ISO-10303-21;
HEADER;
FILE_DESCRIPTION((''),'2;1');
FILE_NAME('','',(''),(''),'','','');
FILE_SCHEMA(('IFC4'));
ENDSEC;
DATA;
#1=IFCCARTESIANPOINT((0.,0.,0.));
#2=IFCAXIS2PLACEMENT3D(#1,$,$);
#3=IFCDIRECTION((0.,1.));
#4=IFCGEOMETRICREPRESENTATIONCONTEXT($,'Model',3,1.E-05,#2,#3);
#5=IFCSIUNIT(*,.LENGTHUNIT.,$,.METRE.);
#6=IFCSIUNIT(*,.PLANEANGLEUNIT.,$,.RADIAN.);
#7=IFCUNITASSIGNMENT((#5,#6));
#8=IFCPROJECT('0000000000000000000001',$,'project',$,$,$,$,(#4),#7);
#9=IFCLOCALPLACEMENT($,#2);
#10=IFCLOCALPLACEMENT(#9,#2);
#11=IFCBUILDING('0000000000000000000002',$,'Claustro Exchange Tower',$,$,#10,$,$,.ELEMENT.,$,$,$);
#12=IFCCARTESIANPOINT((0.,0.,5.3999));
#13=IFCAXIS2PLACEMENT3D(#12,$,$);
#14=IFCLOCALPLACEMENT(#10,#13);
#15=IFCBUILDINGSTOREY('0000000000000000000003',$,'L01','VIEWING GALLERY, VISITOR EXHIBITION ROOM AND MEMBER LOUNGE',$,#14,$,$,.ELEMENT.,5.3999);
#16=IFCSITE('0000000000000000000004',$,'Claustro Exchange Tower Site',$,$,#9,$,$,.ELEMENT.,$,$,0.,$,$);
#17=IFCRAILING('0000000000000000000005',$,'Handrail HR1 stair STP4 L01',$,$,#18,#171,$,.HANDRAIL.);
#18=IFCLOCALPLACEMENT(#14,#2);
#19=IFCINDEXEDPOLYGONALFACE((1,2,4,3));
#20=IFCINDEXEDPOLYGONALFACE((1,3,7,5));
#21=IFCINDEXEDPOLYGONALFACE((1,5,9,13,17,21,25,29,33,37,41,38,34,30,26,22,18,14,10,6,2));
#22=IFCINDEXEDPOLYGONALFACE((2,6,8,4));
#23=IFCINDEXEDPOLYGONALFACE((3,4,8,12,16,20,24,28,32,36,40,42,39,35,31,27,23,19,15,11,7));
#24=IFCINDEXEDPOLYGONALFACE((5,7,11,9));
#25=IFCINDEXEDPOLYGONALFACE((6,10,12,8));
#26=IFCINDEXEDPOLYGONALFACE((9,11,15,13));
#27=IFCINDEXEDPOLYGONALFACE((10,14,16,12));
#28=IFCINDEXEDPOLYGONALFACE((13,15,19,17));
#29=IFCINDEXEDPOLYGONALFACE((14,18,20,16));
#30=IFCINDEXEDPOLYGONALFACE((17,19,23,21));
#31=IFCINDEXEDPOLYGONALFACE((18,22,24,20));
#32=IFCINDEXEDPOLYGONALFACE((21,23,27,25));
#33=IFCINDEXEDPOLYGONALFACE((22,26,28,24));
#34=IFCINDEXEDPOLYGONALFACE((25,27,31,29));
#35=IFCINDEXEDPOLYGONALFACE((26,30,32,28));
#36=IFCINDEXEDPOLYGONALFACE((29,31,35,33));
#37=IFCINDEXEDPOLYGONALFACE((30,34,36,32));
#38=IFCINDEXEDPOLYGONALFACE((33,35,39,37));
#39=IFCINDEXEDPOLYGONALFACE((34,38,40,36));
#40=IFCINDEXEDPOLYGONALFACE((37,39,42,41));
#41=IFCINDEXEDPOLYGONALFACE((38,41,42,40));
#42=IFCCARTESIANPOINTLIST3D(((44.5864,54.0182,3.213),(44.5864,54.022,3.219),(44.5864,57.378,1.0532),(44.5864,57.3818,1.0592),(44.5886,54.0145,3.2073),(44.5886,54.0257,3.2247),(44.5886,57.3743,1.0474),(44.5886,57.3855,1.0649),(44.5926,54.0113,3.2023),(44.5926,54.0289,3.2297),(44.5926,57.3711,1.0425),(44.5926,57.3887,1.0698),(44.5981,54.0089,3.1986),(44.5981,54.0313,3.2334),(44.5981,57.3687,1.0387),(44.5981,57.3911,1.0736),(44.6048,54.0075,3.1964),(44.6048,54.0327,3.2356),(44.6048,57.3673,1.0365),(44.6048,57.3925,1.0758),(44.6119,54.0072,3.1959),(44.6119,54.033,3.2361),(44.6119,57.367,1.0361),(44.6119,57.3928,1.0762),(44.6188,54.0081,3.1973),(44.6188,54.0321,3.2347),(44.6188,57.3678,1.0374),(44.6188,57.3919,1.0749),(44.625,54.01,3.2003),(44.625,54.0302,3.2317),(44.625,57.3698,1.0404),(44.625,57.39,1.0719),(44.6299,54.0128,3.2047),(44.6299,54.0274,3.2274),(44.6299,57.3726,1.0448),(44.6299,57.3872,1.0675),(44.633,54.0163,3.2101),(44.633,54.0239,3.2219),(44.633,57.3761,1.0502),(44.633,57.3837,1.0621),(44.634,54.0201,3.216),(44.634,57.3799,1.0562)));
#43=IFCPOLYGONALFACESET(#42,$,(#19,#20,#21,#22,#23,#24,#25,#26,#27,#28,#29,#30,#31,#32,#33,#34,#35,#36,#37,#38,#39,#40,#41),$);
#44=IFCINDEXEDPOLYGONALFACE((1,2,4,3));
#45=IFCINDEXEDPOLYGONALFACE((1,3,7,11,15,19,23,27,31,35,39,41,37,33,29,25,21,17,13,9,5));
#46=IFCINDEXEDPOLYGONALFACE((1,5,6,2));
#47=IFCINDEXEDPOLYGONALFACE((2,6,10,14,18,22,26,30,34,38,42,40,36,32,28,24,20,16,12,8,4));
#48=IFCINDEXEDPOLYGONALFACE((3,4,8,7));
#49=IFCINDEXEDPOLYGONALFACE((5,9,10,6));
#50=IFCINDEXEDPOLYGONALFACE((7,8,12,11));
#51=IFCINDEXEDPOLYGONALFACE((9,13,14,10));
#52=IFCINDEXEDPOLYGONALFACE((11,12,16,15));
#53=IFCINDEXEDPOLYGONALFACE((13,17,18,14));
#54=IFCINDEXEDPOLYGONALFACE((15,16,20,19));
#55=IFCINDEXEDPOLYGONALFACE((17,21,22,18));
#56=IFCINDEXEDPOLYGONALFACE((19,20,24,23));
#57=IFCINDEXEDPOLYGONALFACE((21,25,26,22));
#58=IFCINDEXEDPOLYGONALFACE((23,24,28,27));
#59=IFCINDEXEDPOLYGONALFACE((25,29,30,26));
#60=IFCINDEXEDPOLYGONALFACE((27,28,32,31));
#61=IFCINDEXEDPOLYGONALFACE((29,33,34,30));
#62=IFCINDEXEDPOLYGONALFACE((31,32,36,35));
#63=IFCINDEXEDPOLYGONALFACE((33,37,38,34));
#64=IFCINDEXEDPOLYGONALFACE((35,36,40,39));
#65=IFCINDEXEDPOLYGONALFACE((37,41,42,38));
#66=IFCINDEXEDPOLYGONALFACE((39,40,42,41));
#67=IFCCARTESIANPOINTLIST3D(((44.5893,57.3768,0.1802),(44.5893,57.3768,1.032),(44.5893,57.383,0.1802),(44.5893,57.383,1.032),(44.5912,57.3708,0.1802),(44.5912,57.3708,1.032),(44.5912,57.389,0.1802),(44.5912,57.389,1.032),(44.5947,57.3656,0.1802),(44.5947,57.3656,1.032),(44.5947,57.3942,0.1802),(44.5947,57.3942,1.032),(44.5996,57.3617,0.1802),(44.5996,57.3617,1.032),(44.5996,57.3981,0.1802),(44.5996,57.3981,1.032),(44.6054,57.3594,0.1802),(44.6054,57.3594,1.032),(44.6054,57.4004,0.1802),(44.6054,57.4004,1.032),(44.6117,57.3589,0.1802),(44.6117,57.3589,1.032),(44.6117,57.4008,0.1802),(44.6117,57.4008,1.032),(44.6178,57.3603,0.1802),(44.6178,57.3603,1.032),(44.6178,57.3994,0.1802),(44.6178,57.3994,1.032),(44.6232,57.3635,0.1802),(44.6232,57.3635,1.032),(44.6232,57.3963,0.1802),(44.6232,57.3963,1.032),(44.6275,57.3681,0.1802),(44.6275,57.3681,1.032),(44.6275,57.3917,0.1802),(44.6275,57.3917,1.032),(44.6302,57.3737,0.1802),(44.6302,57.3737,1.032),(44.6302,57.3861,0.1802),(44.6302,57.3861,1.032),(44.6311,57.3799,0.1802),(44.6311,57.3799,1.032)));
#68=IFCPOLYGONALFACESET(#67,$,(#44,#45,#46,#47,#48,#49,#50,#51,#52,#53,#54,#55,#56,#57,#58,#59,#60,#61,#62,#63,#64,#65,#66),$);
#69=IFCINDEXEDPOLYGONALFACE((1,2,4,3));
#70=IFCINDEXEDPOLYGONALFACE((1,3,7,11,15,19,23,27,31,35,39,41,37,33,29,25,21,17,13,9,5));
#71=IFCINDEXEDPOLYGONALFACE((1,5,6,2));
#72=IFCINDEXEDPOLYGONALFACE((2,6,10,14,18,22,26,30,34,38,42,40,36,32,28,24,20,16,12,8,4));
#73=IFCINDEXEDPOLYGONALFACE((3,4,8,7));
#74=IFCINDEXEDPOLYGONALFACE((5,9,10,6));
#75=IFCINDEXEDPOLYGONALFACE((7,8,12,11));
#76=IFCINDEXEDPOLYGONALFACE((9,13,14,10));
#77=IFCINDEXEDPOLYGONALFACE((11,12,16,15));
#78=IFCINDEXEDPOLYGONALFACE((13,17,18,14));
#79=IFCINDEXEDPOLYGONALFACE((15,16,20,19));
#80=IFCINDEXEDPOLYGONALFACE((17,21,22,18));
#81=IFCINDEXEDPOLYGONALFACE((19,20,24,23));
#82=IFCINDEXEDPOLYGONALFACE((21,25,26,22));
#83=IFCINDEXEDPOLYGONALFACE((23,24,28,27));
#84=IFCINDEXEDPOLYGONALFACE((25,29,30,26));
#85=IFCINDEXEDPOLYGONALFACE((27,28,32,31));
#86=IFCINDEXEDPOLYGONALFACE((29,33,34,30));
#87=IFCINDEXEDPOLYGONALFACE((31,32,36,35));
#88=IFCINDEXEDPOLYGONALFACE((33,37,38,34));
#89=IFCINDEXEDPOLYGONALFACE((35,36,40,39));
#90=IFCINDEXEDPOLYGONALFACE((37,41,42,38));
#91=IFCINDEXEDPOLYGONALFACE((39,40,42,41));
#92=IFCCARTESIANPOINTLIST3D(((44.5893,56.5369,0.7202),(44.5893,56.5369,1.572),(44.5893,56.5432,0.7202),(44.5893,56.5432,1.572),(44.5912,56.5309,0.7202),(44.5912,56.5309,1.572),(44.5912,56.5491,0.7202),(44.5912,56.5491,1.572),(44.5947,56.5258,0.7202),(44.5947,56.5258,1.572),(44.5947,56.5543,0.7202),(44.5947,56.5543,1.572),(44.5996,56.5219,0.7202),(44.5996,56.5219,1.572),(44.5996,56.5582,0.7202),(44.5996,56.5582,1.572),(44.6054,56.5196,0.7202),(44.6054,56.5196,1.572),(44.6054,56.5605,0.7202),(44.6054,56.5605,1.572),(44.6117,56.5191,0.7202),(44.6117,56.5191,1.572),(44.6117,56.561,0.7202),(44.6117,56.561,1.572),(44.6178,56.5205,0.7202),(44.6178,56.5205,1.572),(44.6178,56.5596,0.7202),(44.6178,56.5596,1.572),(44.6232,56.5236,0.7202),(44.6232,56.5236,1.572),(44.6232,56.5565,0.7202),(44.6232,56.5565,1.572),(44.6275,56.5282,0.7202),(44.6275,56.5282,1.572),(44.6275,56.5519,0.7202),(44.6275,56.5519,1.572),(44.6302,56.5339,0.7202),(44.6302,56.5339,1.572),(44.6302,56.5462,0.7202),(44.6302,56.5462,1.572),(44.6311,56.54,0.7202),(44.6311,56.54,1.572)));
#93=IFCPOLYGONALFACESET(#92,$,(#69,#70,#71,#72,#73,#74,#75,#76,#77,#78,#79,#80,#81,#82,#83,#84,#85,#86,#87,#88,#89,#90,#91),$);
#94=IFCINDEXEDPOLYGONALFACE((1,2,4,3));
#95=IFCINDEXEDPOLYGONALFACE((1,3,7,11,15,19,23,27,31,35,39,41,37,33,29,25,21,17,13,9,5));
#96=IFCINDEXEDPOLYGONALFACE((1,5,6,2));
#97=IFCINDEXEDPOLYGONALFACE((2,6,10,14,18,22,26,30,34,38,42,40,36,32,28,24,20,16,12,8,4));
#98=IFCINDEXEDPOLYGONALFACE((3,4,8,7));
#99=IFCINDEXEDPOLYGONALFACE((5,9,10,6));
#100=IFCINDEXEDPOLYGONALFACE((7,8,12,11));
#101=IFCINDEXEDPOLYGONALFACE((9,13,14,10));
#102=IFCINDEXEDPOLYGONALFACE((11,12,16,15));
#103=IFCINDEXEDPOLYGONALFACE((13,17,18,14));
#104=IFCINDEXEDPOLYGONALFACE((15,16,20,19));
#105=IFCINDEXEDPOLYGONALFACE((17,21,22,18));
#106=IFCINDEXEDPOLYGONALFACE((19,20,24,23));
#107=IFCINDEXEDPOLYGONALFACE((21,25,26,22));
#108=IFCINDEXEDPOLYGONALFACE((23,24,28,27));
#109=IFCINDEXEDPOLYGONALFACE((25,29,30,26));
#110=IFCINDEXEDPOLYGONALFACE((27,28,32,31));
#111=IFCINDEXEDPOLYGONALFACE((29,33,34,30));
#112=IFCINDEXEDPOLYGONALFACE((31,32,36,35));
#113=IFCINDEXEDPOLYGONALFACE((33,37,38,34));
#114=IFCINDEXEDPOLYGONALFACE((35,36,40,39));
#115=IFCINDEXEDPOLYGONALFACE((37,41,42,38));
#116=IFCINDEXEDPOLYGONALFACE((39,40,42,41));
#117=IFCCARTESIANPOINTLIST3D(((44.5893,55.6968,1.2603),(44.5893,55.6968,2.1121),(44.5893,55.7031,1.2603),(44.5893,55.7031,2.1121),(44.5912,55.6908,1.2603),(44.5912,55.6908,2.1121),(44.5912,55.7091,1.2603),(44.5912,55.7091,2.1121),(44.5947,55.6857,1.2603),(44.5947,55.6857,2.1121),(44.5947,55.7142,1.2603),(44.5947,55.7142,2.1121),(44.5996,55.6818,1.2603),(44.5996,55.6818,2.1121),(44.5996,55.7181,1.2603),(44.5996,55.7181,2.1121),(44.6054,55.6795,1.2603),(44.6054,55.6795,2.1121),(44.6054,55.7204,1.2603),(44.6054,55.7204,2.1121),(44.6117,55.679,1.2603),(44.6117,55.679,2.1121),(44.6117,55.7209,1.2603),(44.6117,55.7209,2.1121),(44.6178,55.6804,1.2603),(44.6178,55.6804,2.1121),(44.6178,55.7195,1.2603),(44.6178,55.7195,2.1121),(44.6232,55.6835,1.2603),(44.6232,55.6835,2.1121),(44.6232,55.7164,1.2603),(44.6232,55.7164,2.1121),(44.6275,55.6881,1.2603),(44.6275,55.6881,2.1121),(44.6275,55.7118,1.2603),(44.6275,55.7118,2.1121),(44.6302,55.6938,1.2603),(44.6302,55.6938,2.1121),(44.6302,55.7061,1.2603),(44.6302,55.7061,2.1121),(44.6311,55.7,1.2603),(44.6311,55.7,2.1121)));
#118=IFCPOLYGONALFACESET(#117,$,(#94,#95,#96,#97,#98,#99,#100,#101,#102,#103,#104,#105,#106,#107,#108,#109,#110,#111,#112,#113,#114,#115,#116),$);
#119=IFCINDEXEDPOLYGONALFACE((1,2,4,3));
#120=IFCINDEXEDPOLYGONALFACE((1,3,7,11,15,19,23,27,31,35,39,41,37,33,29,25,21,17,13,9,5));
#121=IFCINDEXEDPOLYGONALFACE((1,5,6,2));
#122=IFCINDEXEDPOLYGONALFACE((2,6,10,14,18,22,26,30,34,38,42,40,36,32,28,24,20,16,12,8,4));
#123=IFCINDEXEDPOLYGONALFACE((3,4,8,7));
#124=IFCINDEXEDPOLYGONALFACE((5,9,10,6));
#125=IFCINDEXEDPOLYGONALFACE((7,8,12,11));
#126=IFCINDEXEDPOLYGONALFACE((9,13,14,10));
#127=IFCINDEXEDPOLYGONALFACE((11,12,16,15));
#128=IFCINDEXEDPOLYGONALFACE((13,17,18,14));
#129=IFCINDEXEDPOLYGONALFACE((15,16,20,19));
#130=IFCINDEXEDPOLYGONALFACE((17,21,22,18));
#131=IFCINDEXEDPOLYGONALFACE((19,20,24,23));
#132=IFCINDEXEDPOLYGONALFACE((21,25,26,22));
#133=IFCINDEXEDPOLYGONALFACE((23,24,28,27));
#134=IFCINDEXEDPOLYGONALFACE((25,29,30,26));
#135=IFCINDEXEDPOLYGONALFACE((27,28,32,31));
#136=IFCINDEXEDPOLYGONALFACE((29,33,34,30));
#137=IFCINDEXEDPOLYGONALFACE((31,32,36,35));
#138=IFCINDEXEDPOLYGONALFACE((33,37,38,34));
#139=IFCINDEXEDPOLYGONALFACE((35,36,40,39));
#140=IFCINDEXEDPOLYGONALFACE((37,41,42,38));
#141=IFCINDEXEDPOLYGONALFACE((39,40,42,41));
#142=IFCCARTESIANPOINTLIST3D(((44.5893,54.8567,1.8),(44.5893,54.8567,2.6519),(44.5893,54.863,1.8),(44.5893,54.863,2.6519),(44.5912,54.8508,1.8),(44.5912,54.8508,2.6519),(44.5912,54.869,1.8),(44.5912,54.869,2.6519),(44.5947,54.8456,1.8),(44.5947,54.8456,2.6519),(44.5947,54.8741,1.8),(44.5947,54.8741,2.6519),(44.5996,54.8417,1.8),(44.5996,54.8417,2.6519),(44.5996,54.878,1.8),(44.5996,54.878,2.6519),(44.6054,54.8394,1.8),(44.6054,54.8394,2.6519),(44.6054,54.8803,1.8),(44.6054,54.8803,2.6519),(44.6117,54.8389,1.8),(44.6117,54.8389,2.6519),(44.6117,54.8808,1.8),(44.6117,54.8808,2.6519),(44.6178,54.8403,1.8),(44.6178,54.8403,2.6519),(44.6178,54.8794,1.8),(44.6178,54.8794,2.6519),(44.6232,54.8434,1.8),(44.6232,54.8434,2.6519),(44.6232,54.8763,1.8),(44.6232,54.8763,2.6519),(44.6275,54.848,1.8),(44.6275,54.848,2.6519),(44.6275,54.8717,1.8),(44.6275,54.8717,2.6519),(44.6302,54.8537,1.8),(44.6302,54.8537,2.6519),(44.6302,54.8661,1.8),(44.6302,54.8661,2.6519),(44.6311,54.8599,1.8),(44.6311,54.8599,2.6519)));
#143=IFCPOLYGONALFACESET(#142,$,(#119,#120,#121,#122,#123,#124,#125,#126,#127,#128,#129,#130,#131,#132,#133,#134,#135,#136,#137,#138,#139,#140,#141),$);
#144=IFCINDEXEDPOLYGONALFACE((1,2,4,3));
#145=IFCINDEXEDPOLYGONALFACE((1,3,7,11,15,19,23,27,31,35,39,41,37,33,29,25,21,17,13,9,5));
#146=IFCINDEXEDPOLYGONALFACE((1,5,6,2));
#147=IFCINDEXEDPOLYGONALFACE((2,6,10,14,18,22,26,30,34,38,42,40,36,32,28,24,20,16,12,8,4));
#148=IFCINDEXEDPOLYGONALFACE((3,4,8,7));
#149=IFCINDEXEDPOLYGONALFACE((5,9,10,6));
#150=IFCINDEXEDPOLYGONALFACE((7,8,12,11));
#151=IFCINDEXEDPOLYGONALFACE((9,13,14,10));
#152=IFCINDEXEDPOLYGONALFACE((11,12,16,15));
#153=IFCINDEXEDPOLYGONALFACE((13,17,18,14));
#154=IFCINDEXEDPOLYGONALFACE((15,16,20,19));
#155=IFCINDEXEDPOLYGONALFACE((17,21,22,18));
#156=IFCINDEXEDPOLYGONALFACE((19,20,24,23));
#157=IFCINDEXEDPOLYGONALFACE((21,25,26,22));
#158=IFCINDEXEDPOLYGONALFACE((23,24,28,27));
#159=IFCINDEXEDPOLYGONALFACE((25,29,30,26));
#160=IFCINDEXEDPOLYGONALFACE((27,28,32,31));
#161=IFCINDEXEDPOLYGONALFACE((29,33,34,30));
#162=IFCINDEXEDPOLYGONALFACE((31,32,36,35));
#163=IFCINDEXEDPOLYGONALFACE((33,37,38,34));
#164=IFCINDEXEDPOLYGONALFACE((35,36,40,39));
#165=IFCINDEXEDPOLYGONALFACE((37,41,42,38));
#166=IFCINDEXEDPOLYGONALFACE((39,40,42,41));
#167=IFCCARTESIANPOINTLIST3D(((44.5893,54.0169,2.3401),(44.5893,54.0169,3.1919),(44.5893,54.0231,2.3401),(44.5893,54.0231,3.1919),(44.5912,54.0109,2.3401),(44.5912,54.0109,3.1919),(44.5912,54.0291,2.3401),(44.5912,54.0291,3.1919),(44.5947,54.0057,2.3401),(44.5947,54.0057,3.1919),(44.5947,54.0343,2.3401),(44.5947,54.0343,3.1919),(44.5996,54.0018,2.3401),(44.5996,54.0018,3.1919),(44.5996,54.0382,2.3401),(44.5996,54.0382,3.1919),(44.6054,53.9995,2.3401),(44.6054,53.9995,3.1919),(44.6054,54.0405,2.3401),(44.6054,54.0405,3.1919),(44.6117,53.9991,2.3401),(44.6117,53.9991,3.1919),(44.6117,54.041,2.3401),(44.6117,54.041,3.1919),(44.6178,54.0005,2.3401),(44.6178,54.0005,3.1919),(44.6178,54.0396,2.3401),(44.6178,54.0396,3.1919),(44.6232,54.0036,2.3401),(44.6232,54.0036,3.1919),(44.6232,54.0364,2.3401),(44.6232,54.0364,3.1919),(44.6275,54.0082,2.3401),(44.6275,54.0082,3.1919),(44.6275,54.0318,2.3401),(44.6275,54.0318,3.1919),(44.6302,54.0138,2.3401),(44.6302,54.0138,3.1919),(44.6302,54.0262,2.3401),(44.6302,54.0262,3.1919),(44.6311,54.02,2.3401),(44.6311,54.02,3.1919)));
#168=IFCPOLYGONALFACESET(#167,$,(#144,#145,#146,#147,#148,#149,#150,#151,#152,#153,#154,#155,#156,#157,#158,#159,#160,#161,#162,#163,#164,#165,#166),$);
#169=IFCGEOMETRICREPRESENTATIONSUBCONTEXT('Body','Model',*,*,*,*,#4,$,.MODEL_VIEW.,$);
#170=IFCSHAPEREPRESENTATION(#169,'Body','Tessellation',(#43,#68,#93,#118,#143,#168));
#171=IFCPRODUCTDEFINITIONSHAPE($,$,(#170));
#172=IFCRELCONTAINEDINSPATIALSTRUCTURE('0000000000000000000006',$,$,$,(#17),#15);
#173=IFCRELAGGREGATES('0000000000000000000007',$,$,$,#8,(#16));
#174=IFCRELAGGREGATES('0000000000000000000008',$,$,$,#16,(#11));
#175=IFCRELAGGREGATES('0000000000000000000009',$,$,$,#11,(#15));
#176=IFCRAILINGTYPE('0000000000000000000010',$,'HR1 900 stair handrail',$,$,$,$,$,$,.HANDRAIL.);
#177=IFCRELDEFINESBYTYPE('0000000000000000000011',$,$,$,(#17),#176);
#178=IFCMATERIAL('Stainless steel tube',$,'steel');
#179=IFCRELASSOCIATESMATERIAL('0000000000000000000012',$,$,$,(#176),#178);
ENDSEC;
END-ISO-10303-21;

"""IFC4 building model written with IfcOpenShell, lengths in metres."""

from ifc_helpers import new_model, si_unit, direction, frame, origin, origin_2d, place, context, subcontext, project, spatial, circle, extrude, material, type_object, element, save


model = new_model("IFC4")

# Units and contexts
model_context = context("Model", 3, precision=1e-05, world=origin(), true_north=direction((0.0, 1.0)))
body_context = subcontext(model_context, "Body", "Model", "MODEL_VIEW")
ifc_project = project(units=[si_unit("LENGTHUNIT", "METRE"), si_unit("PLANEANGLEUNIT", "RADIAN")], contexts=[model_context])

# Site, building, storey
site_placement = place(None, origin())
site = spatial("IfcSite", under=ifc_project, at=site_placement, Name="Claustro Exchange Tower Site", CompositionType="ELEMENT", RefElevation=0.0)
building_placement = place(site_placement, origin())
building = spatial("IfcBuilding", under=site, at=building_placement, Name="Claustro Exchange Tower", CompositionType="ELEMENT")
storey_placement = place(building_placement, frame((0.0, 0.0, 5.3999)))
storey = spatial("IfcBuildingStorey", under=building, at=storey_placement, Name="L01", Description="VIEWING GALLERY, VISITOR EXHIBITION ROOM AND MEMBER LOUNGE", CompositionType="ELEMENT", Elevation=5.3999)

# Railing
ifc_material_1 = material(Name="Stainless steel tube", Category="steel")
railing_type = type_object("IfcRailingType", Name="HR1 900 stair handrail", PredefinedType="HANDRAIL", material=ifc_material_1)
railing_placement = place(storey_placement, frame((44.6101, 57.3799, 0.1802)))
element("IfcRailing", 1, at=railing_placement, inside=storey, type_object=railing_type, Name="Handrail HR1 stair STP4 L01", PredefinedType="HANDRAIL", context=body_context, shape_type="SweptSolid", body=[
    extrude(circle(Radius=0.0239, at=origin_2d()), frame((0.0, 0.0, 0.876), z_axis=(0.0, -0.841178, 0.540758), x_axis=(1.0, 0.0, 0.0)), (0.0, 0.0, 1.0), 3.9941),
    extrude(circle(Radius=0.021, at=origin_2d()), origin(), (0.0, 0.0, 1.0), 0.8518),
    extrude(circle(Radius=0.021, at=origin_2d()), frame((0.0, -0.8398, 0.54)), (0.0, 0.0, 1.0), 0.8518),
    extrude(circle(Radius=0.021, at=origin_2d()), frame((0.0, -1.6799, 1.0801)), (0.0, 0.0, 1.0), 0.8518),
    extrude(circle(Radius=0.021, at=origin_2d()), frame((0.0, -2.52, 1.6199)), (0.0, 0.0, 1.0), 0.8518),
    extrude(circle(Radius=0.021, at=origin_2d()), frame((0.0, -3.3599, 2.1599)), (0.0, 0.0, 1.0), 0.8518),
])

save(model, "model.ifc")
